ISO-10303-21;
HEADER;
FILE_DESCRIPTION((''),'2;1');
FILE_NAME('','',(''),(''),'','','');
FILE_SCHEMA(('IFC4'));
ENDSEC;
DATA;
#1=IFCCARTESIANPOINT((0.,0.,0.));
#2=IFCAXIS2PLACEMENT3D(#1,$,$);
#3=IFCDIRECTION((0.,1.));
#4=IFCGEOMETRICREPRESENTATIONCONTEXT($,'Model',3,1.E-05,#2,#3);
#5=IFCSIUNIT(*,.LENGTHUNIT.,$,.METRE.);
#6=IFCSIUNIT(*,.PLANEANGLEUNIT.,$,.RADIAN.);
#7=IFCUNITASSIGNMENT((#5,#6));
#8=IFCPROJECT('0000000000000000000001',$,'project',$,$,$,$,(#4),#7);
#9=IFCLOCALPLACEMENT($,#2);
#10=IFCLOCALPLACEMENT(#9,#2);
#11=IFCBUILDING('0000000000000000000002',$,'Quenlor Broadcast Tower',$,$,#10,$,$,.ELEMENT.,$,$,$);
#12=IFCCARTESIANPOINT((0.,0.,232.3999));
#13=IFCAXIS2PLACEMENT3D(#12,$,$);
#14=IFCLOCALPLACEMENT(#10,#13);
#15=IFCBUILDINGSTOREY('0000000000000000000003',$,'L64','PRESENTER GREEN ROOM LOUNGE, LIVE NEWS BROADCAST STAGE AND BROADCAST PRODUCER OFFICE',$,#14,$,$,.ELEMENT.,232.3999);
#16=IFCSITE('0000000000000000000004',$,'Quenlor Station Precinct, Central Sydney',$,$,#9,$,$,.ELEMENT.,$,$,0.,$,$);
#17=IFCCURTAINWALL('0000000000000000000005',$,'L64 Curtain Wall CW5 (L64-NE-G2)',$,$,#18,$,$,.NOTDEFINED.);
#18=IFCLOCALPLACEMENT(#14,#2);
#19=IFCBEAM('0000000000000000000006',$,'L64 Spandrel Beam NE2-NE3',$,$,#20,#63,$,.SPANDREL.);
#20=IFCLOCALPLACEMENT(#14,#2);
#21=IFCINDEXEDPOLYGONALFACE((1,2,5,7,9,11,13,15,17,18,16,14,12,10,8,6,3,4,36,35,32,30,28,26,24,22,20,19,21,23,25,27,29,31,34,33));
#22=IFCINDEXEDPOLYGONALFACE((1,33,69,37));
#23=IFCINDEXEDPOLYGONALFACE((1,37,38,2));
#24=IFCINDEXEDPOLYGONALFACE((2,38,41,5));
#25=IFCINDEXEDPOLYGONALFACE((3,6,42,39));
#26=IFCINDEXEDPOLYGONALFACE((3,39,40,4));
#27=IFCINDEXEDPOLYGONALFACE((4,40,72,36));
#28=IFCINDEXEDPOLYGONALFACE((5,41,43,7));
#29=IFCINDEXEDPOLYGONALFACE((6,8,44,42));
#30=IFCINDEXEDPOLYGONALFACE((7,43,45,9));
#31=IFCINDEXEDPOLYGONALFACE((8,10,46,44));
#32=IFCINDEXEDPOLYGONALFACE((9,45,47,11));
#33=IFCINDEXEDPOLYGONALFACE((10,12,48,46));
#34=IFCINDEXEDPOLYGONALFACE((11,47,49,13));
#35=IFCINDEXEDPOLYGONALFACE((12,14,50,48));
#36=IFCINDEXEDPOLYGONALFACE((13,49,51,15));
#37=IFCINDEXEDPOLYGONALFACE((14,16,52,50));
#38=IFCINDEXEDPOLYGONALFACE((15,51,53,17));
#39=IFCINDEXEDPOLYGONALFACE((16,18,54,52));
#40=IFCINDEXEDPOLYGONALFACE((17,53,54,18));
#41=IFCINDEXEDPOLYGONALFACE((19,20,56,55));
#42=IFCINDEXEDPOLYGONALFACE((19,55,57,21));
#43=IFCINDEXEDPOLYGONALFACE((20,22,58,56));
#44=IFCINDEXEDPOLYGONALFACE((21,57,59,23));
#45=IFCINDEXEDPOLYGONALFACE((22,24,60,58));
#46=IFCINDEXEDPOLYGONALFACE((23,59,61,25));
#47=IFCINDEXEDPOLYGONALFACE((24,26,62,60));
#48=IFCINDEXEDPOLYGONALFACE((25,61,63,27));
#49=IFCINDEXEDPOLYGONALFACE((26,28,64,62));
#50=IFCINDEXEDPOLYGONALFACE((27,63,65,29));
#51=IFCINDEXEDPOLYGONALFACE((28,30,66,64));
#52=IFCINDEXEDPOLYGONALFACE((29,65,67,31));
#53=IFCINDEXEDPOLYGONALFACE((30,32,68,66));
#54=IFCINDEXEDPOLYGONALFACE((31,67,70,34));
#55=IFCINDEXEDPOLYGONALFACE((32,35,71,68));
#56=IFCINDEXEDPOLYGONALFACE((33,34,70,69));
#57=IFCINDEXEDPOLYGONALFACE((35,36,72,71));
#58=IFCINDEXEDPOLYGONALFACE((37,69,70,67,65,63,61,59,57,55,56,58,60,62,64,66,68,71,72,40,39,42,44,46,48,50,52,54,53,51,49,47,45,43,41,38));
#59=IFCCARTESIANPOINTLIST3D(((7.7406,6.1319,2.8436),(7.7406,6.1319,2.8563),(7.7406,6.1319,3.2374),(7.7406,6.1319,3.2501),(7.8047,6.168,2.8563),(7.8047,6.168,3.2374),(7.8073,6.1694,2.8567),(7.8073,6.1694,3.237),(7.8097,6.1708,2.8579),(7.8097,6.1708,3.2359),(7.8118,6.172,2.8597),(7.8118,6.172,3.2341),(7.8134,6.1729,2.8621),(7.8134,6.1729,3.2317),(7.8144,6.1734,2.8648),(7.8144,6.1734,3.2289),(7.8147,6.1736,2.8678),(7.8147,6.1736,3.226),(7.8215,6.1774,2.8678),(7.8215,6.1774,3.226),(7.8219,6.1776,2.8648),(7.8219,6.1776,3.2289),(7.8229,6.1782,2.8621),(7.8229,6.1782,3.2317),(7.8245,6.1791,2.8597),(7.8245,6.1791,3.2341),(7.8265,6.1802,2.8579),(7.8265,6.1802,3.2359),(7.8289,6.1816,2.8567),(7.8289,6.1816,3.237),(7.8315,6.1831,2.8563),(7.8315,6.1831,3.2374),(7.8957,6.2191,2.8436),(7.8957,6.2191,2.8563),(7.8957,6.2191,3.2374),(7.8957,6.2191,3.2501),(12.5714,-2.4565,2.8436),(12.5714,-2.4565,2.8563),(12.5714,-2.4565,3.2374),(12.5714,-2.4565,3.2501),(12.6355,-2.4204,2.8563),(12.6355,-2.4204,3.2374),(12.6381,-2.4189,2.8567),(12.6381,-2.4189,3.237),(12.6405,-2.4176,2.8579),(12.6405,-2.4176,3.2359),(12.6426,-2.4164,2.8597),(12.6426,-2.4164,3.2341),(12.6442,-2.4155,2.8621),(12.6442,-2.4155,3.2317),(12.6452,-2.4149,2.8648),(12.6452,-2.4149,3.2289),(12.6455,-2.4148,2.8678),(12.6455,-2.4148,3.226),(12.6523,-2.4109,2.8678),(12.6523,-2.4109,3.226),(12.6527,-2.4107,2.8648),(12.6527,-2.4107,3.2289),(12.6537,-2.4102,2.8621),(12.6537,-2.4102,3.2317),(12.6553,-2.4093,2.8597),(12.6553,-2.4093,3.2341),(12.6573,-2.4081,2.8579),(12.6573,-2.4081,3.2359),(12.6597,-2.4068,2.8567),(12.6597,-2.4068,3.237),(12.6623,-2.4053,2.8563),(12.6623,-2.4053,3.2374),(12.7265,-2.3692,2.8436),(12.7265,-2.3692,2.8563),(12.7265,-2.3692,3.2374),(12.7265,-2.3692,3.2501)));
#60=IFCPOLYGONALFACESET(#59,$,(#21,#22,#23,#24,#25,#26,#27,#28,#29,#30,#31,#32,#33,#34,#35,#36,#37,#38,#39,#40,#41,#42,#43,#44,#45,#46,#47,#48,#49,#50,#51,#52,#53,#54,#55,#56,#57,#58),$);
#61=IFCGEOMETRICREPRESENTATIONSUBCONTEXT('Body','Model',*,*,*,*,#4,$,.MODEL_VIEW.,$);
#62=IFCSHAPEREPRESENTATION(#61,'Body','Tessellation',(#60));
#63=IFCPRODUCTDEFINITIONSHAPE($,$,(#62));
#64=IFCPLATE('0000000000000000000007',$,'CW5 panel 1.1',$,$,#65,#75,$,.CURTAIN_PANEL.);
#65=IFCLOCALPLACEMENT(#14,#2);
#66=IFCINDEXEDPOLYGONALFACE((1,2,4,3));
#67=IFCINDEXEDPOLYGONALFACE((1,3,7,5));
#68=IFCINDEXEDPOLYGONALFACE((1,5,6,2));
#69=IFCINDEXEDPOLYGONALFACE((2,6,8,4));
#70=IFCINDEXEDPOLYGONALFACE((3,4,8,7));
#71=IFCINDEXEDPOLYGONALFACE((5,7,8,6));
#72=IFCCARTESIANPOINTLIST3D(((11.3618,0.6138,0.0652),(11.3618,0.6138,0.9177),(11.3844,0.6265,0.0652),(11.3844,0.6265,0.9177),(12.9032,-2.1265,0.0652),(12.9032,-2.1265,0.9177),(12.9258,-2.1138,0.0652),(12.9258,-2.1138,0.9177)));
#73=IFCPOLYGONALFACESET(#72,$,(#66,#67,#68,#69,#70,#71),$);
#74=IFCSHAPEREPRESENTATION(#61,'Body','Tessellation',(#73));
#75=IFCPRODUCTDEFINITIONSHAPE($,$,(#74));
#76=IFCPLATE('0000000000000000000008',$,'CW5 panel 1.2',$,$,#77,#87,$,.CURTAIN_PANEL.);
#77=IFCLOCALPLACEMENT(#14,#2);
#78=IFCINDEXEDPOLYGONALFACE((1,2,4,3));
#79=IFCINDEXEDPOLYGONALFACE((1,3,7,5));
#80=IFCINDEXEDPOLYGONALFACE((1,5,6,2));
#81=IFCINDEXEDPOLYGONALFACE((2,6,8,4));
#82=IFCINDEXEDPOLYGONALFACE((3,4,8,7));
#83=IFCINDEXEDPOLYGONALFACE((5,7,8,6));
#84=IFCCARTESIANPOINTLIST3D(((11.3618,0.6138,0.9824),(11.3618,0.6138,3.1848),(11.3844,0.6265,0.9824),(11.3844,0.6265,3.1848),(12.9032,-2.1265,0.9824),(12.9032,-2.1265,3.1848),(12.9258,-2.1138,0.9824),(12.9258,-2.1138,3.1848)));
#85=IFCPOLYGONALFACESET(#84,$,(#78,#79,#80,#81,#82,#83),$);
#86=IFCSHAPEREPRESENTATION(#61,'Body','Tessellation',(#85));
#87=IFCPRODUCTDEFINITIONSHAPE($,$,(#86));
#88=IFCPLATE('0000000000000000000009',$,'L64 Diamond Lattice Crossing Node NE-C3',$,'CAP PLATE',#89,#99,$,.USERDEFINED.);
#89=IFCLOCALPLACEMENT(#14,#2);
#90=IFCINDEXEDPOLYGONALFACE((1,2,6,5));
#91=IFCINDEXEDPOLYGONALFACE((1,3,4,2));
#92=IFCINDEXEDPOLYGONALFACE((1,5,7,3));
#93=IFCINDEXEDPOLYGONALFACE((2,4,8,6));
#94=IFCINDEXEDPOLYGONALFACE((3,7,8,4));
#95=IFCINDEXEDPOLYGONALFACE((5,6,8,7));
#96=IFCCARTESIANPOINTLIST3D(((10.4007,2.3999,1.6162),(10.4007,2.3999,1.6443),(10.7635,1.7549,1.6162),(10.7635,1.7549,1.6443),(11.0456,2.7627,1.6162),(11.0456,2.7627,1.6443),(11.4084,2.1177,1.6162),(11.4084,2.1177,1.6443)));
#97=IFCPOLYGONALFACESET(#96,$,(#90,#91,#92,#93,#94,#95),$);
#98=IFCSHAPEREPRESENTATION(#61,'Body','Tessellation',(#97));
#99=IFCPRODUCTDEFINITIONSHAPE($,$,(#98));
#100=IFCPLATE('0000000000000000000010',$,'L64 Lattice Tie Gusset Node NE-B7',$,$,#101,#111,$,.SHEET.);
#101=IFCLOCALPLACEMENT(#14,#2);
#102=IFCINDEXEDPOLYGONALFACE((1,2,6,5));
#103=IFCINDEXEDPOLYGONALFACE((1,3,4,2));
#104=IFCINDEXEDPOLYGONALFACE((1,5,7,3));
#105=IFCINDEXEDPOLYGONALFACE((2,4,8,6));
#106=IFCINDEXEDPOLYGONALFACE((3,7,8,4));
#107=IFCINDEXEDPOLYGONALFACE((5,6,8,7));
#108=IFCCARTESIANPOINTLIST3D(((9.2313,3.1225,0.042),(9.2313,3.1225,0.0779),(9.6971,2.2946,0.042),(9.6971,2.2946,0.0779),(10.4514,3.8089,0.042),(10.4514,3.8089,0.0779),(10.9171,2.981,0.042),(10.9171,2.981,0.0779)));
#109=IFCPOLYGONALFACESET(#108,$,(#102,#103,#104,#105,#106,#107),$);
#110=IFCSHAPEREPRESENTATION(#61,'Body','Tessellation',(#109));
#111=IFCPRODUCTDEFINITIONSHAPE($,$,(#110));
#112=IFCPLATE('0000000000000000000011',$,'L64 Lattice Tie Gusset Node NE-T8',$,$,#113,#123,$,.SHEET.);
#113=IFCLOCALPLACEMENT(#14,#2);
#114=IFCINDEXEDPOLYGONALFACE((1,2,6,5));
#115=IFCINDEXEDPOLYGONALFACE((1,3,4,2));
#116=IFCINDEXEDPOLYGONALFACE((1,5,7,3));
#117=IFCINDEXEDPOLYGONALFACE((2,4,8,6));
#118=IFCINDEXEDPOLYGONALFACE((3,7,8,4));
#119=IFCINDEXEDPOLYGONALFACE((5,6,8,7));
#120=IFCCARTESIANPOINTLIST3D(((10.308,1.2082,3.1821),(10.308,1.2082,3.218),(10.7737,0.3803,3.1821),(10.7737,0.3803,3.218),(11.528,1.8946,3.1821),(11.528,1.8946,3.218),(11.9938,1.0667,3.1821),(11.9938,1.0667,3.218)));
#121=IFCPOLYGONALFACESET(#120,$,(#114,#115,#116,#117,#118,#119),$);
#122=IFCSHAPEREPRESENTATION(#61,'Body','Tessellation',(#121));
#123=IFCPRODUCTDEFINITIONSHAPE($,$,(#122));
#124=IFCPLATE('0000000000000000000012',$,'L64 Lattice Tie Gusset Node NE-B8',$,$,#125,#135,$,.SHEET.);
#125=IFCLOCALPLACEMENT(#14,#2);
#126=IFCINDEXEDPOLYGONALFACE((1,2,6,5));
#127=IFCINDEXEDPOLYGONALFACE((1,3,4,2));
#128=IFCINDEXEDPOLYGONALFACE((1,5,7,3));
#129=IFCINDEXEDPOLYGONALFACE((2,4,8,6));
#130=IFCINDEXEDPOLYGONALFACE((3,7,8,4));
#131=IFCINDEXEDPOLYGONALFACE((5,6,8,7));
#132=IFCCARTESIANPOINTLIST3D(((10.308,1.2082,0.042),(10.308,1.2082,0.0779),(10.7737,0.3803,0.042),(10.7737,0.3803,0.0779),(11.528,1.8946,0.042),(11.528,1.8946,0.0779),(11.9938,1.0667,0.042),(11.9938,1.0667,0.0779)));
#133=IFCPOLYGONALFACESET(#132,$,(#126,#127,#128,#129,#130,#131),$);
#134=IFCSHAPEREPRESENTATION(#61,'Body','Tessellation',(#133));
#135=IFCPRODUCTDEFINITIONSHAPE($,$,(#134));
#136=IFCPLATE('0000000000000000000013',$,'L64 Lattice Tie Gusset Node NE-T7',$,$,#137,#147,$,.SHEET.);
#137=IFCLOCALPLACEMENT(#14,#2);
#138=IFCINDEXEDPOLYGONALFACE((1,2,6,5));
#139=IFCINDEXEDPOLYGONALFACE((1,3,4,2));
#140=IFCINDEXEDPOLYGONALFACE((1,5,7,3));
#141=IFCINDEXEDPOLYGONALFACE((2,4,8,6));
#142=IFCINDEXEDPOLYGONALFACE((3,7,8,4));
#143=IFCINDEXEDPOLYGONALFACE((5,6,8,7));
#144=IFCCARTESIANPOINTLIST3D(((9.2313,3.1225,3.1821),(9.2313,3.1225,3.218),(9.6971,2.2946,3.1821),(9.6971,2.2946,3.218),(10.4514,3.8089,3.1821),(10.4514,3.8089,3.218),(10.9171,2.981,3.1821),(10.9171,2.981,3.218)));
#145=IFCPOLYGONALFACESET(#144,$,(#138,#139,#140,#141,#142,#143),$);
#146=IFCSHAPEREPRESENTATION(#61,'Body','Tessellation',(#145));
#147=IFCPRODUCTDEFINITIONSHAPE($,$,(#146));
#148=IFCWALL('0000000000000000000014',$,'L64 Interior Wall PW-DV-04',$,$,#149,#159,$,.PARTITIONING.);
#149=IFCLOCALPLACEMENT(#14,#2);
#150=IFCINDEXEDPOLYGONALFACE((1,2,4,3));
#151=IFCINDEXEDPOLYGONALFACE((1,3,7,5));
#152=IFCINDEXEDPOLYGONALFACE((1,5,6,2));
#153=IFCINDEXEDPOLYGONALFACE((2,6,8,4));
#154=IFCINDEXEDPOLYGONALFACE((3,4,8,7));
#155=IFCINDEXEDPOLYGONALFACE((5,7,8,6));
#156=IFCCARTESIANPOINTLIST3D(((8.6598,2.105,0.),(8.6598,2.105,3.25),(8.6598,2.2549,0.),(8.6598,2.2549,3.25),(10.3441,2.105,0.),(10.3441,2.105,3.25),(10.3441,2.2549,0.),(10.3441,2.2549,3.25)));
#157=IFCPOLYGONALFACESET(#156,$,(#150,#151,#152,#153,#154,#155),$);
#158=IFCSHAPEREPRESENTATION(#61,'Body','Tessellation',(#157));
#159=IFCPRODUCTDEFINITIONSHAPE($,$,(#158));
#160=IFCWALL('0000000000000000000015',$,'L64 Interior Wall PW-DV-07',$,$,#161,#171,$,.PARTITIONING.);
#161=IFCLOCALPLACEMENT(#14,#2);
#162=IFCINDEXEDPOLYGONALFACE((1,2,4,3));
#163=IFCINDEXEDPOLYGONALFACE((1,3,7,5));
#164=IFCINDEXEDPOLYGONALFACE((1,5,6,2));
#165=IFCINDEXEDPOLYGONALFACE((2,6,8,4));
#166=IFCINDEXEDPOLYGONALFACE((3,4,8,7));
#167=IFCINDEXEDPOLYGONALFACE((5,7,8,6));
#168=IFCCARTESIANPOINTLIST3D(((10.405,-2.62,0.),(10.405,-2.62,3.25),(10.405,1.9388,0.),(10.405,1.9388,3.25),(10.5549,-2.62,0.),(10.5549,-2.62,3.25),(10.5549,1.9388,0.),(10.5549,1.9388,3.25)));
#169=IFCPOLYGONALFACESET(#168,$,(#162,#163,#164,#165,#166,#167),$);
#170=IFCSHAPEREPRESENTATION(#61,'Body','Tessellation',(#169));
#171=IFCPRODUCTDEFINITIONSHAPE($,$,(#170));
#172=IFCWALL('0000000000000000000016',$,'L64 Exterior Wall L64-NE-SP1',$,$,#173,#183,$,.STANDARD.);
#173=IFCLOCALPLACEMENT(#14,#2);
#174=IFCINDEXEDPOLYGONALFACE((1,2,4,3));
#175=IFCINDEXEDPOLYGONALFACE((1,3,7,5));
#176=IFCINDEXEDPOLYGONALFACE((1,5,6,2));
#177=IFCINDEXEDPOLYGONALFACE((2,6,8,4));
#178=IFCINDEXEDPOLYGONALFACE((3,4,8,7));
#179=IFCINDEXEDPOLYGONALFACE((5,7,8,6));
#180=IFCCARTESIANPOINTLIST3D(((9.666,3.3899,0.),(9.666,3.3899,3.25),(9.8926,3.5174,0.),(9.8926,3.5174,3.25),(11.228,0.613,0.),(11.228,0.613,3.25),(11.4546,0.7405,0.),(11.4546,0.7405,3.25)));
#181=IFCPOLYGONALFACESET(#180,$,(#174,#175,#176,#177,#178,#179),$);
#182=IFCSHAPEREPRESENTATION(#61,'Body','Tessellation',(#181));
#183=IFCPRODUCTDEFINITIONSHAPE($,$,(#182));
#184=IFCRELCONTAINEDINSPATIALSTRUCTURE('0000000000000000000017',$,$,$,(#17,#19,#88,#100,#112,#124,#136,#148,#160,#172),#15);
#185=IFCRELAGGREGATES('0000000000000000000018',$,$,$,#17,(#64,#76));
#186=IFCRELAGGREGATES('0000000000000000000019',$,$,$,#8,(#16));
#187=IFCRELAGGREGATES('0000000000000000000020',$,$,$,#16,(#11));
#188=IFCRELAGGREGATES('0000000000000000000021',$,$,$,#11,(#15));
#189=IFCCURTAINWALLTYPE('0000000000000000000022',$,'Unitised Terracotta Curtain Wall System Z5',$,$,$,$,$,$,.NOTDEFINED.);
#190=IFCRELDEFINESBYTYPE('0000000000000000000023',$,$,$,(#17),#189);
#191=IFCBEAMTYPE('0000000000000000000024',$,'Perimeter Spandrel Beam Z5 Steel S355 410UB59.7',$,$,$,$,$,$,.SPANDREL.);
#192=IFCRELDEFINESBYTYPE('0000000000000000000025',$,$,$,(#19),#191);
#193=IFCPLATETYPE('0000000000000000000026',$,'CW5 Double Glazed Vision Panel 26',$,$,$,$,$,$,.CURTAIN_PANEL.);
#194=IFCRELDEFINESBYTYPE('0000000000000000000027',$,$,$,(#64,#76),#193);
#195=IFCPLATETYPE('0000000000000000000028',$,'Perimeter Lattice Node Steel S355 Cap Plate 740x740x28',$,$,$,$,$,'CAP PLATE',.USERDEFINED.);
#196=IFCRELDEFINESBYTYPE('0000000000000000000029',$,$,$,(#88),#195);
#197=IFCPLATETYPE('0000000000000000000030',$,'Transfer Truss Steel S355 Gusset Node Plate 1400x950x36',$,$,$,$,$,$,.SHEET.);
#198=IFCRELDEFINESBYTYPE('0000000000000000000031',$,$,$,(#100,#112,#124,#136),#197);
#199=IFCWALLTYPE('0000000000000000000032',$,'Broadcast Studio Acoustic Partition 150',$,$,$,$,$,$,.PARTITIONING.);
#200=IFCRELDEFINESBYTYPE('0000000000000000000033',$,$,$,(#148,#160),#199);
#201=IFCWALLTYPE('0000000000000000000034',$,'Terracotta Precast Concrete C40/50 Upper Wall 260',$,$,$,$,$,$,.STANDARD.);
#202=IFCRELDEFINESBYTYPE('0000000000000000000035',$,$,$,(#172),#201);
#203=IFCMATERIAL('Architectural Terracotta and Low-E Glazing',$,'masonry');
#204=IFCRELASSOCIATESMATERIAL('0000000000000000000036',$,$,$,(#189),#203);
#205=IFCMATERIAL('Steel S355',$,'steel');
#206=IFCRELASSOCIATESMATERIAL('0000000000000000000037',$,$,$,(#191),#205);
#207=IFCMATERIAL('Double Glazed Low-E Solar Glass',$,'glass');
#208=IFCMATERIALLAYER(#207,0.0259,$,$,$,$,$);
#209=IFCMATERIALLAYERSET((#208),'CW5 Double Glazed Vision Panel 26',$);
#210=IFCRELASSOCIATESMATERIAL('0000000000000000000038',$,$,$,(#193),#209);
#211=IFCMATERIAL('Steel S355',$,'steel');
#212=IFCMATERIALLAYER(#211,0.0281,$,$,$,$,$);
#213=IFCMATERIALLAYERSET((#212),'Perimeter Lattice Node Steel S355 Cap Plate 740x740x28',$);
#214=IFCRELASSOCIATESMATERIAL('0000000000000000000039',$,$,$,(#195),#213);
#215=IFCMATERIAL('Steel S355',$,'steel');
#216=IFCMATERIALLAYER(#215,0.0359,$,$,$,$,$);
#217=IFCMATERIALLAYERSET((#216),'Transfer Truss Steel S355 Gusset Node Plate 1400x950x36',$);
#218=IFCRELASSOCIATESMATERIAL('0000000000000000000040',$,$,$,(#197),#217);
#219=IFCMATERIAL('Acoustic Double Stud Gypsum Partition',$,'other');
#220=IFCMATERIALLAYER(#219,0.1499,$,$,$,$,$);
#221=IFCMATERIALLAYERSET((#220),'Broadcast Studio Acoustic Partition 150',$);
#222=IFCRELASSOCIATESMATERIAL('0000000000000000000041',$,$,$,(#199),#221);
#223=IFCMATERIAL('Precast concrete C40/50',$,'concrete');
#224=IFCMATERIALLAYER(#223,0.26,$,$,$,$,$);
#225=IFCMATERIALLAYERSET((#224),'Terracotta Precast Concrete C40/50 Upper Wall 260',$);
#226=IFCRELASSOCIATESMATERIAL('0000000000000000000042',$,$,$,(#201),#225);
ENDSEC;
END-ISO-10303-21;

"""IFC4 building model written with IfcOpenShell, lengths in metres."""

from ifc_helpers import new_model, si_unit, direction, frame, frame_2d, origin, origin_2d, place, context, subcontext, project, spatial, rectangle, i_section, extrude, material, layer, layer_set, material_profile, profile_set, type_object, element, aggregate, save


model = new_model("IFC4")

# Units and contexts
model_context = context("Model", 3, precision=1e-05, world=origin(), true_north=direction((0.0, 1.0)))
body_context = subcontext(model_context, "Body", "Model", "MODEL_VIEW")
ifc_project = project(units=[si_unit("LENGTHUNIT", "METRE"), si_unit("PLANEANGLEUNIT", "RADIAN")], contexts=[model_context])

# Site, building, storey
site_placement = place(None, origin())
site = spatial("IfcSite", under=ifc_project, at=site_placement, Name="Quenlor Station Precinct, Central Sydney", CompositionType="ELEMENT", RefElevation=0.0)
building_placement = place(site_placement, origin())
building = spatial("IfcBuilding", under=site, at=building_placement, Name="Quenlor Broadcast Tower", CompositionType="ELEMENT")
storey_placement = place(building_placement, frame((0.0, 0.0, 232.3999)))
storey = spatial("IfcBuildingStorey", under=building, at=storey_placement, Name="L64", Description="PRESENTER GREEN ROOM LOUNGE, LIVE NEWS BROADCAST STAGE AND BROADCAST PRODUCER OFFICE", CompositionType="ELEMENT", Elevation=232.3999)

# Shared definitions
ifc_material_1 = material(Name="Architectural Terracotta and Low-E Glazing", Category="masonry")
curtain_wall_type = type_object("IfcCurtainWallType", Name="Unitised Terracotta Curtain Wall System Z5", PredefinedType="NOTDEFINED", material=ifc_material_1)

# Curtain wall
curtain_wall_1_placement = place(storey_placement, origin())
curtain_wall_1 = element("IfcCurtainWall", 1, at=curtain_wall_1_placement, inside=storey, type_object=curtain_wall_type, Name="L64 Curtain Wall CW5 (L64-NE-G2)", PredefinedType="NOTDEFINED")

# Beam
ifc_material_2 = material(Name="Steel S355", Category="steel")
ifc_material_profile_1 = material_profile(ifc_material_2, i_section(OverallWidth=0.178, OverallDepth=0.4065, WebThickness=0.0078, FlangeThickness=0.0127, FilletRadius=0.0115, at=origin_2d()))
ifc_profile_set_1 = profile_set([ifc_material_profile_1], Name="Steel S355 410UB59.7")
beam_type = type_object("IfcBeamType", Name="Perimeter Spandrel Beam Z5 Steel S355 410UB59.7", PredefinedType="SPANDREL", material=ifc_profile_set_1)
beam_placement = place(storey_placement, frame((12.6489, -2.4128, 3.0469), z_axis=(-0.490249, 0.871582, 0.0), x_axis=(-0.871582, -0.490249, 0.0)))
element("IfcBeam", 2, at=beam_placement, inside=storey, type_object=beam_type, Name="L64 Spandrel Beam NE2-NE3", PredefinedType="SPANDREL", context=body_context, shape_type="SweptSolid", body=[
    extrude(i_section(OverallWidth=0.178, OverallDepth=0.4065, WebThickness=0.0078, FlangeThickness=0.0127, FilletRadius=0.0115, at=origin_2d()), origin(), (0.0, 0.0, 1.0), 9.8538),
])

# Plates
ifc_material_3 = material(Name="Double Glazed Low-E Solar Glass", Category="glass")
ifc_layer_1 = layer(ifc_material_3, 0.0259)
ifc_layer_set_1 = layer_set([ifc_layer_1], Name="CW5 Double Glazed Vision Panel 26")
plate_type_1 = type_object("IfcPlateType", Name="CW5 Double Glazed Vision Panel 26", PredefinedType="CURTAIN_PANEL", material=ifc_layer_set_1)
plate_1_placement = place(storey_placement, frame((12.1438, -0.75, 0.0652), z_axis=(0.0, 0.0, 1.0), x_axis=(0.490263, -0.871575, 0.0)))
plate_1 = element("IfcPlate", 3, at=plate_1_placement, type_object=plate_type_1, Name="CW5 panel 1.1", PredefinedType="CURTAIN_PANEL", context=body_context, shape_type="SweptSolid", body=[
    extrude(rectangle(XDim=3.144, YDim=0.0259, at=origin_2d()), origin(), (0.0, 0.0, 1.0), 0.8525),
])
plate_2_placement = place(storey_placement, frame((12.1438, -0.75, 0.9824), z_axis=(0.0, 0.0, 1.0), x_axis=(0.490263, -0.871575, 0.0)))
plate_2 = element("IfcPlate", 4, at=plate_2_placement, type_object=plate_type_1, Name="CW5 panel 1.2", PredefinedType="CURTAIN_PANEL", context=body_context, shape_type="SweptSolid", body=[
    extrude(rectangle(XDim=3.144, YDim=0.0259, at=origin_2d()), origin(), (0.0, 0.0, 1.0), 2.2024),
])
aggregate(curtain_wall_1, [plate_1, plate_2])

# Plates
ifc_material_4 = material(Name="Steel S355", Category="steel")
ifc_layer_2 = layer(ifc_material_4, 0.0281)
ifc_layer_set_2 = layer_set([ifc_layer_2], Name="Perimeter Lattice Node Steel S355 Cap Plate 740x740x28")
plate_type_2 = type_object("IfcPlateType", Name="Perimeter Lattice Node Steel S355 Cap Plate 740x740x28", ElementType="CAP PLATE", PredefinedType="USERDEFINED", material=ifc_layer_set_2)
plate_3_placement = place(storey_placement, frame((10.9045, 2.2588, 1.6162), z_axis=(0.0, 0.0, 1.0), x_axis=(0.490295, -0.871556, 0.0)))
element("IfcPlate", 5, at=plate_3_placement, inside=storey, type_object=plate_type_2, Name="L64 Diamond Lattice Crossing Node NE-C3", ObjectType="CAP PLATE", PredefinedType="USERDEFINED", context=body_context, shape_type="SweptSolid", body=[
    extrude(rectangle(XDim=0.74, YDim=0.74, at=origin_2d()), origin(), (0.0, 0.0, 1.0), 0.0281),
])
ifc_material_5 = material(Name="Steel S355", Category="steel")
ifc_layer_3 = layer(ifc_material_5, 0.0359)
ifc_layer_set_3 = layer_set([ifc_layer_3], Name="Transfer Truss Steel S355 Gusset Node Plate 1400x950x36")
plate_type_3 = type_object("IfcPlateType", Name="Transfer Truss Steel S355 Gusset Node Plate 1400x950x36", PredefinedType="SHEET", material=ifc_layer_set_3)
for number, where, z_axis, x_axis, name in (
    (6, (10.0742, 3.0518, 0.042), (0.0, 0.0, 1.0), (0.871556, 0.490295, 0.0), "L64 Lattice Tie Gusset Node NE-B7"),
    (7, (11.1509, 1.1375, 3.1821), (0.0, 0.0, 1.0), (0.871556, 0.490295, 0.0), "L64 Lattice Tie Gusset Node NE-T8"),
    (8, (11.1509, 1.1375, 0.042), (0.0, 0.0, 1.0), (0.871556, 0.490295, 0.0), "L64 Lattice Tie Gusset Node NE-B8"),
    (9, (10.0742, 3.0518, 3.1821), (0.0, 0.0, 1.0), (0.871556, 0.490295, 0.0), "L64 Lattice Tie Gusset Node NE-T7"),
):
    element("IfcPlate", number, at=place(storey_placement, frame(where, z_axis=z_axis, x_axis=x_axis)), inside=storey, type_object=plate_type_3, Name=name, PredefinedType="SHEET", context=body_context, shape_type="SweptSolid", body=[
        extrude(rectangle(XDim=1.3999, YDim=0.95, at=origin_2d()), origin(), (0.0, 0.0, 1.0), 0.0359),
    ])

# Walls
ifc_material_6 = material(Name="Acoustic Double Stud Gypsum Partition", Category="other")
ifc_layer_4 = layer(ifc_material_6, 0.1499)
ifc_layer_set_4 = layer_set([ifc_layer_4], Name="Broadcast Studio Acoustic Partition 150")
wall_type_1 = type_object("IfcWallType", Name="Broadcast Studio Acoustic Partition 150", PredefinedType="PARTITIONING", material=ifc_layer_set_4)
wall_1_placement = place(storey_placement, frame((10.3442, 2.1799, 0.0), z_axis=(0.0, 0.0, 1.0), x_axis=(-1.0, 0.0, 0.0)))
element("IfcWall", 10, at=wall_1_placement, inside=storey, type_object=wall_type_1, Name="L64 Interior Wall PW-DV-04", PredefinedType="PARTITIONING", context=body_context, shape_type="SweptSolid", body=[
    extrude(rectangle(XDim=1.6843, YDim=0.1499, at=frame_2d((0.8423, 0.0))), origin(), (0.0, 0.0, 1.0), 3.25),
])
wall_2_placement = place(storey_placement, frame((10.48, 1.9387, 0.0), z_axis=(0.0, 0.0, 1.0), x_axis=(0.0, -1.0, 0.0)))
element("IfcWall", 11, at=wall_2_placement, inside=storey, type_object=wall_type_1, Name="L64 Interior Wall PW-DV-07", PredefinedType="PARTITIONING", context=body_context, shape_type="SweptSolid", body=[
    extrude(rectangle(XDim=4.5588, YDim=0.1499, at=frame_2d((2.2793, 0.0))), origin(), (0.0, 0.0, 1.0), 3.25),
])
ifc_material_7 = material(Name="Precast concrete C40/50", Category="concrete")
ifc_layer_5 = layer(ifc_material_7, 0.26)
ifc_layer_set_5 = layer_set([ifc_layer_5], Name="Terracotta Precast Concrete C40/50 Upper Wall 260")
wall_type_2 = type_object("IfcWallType", Name="Terracotta Precast Concrete C40/50 Upper Wall 260", PredefinedType="STANDARD", material=ifc_layer_set_5)
wall_3_placement = place(storey_placement, frame((9.7793, 3.4536, 0.0), z_axis=(0.0, 0.0, 1.0), x_axis=(0.490269, -0.871571, 0.0)))
element("IfcWall", 12, at=wall_3_placement, inside=storey, type_object=wall_type_2, Name="L64 Exterior Wall L64-NE-SP1", PredefinedType="STANDARD", context=body_context, shape_type="SweptSolid", body=[
    extrude(rectangle(XDim=3.186, YDim=0.26, at=frame_2d((1.593, 0.0))), origin(), (0.0, 0.0, 1.0), 3.25),
])

save(model, "model.ifc")
